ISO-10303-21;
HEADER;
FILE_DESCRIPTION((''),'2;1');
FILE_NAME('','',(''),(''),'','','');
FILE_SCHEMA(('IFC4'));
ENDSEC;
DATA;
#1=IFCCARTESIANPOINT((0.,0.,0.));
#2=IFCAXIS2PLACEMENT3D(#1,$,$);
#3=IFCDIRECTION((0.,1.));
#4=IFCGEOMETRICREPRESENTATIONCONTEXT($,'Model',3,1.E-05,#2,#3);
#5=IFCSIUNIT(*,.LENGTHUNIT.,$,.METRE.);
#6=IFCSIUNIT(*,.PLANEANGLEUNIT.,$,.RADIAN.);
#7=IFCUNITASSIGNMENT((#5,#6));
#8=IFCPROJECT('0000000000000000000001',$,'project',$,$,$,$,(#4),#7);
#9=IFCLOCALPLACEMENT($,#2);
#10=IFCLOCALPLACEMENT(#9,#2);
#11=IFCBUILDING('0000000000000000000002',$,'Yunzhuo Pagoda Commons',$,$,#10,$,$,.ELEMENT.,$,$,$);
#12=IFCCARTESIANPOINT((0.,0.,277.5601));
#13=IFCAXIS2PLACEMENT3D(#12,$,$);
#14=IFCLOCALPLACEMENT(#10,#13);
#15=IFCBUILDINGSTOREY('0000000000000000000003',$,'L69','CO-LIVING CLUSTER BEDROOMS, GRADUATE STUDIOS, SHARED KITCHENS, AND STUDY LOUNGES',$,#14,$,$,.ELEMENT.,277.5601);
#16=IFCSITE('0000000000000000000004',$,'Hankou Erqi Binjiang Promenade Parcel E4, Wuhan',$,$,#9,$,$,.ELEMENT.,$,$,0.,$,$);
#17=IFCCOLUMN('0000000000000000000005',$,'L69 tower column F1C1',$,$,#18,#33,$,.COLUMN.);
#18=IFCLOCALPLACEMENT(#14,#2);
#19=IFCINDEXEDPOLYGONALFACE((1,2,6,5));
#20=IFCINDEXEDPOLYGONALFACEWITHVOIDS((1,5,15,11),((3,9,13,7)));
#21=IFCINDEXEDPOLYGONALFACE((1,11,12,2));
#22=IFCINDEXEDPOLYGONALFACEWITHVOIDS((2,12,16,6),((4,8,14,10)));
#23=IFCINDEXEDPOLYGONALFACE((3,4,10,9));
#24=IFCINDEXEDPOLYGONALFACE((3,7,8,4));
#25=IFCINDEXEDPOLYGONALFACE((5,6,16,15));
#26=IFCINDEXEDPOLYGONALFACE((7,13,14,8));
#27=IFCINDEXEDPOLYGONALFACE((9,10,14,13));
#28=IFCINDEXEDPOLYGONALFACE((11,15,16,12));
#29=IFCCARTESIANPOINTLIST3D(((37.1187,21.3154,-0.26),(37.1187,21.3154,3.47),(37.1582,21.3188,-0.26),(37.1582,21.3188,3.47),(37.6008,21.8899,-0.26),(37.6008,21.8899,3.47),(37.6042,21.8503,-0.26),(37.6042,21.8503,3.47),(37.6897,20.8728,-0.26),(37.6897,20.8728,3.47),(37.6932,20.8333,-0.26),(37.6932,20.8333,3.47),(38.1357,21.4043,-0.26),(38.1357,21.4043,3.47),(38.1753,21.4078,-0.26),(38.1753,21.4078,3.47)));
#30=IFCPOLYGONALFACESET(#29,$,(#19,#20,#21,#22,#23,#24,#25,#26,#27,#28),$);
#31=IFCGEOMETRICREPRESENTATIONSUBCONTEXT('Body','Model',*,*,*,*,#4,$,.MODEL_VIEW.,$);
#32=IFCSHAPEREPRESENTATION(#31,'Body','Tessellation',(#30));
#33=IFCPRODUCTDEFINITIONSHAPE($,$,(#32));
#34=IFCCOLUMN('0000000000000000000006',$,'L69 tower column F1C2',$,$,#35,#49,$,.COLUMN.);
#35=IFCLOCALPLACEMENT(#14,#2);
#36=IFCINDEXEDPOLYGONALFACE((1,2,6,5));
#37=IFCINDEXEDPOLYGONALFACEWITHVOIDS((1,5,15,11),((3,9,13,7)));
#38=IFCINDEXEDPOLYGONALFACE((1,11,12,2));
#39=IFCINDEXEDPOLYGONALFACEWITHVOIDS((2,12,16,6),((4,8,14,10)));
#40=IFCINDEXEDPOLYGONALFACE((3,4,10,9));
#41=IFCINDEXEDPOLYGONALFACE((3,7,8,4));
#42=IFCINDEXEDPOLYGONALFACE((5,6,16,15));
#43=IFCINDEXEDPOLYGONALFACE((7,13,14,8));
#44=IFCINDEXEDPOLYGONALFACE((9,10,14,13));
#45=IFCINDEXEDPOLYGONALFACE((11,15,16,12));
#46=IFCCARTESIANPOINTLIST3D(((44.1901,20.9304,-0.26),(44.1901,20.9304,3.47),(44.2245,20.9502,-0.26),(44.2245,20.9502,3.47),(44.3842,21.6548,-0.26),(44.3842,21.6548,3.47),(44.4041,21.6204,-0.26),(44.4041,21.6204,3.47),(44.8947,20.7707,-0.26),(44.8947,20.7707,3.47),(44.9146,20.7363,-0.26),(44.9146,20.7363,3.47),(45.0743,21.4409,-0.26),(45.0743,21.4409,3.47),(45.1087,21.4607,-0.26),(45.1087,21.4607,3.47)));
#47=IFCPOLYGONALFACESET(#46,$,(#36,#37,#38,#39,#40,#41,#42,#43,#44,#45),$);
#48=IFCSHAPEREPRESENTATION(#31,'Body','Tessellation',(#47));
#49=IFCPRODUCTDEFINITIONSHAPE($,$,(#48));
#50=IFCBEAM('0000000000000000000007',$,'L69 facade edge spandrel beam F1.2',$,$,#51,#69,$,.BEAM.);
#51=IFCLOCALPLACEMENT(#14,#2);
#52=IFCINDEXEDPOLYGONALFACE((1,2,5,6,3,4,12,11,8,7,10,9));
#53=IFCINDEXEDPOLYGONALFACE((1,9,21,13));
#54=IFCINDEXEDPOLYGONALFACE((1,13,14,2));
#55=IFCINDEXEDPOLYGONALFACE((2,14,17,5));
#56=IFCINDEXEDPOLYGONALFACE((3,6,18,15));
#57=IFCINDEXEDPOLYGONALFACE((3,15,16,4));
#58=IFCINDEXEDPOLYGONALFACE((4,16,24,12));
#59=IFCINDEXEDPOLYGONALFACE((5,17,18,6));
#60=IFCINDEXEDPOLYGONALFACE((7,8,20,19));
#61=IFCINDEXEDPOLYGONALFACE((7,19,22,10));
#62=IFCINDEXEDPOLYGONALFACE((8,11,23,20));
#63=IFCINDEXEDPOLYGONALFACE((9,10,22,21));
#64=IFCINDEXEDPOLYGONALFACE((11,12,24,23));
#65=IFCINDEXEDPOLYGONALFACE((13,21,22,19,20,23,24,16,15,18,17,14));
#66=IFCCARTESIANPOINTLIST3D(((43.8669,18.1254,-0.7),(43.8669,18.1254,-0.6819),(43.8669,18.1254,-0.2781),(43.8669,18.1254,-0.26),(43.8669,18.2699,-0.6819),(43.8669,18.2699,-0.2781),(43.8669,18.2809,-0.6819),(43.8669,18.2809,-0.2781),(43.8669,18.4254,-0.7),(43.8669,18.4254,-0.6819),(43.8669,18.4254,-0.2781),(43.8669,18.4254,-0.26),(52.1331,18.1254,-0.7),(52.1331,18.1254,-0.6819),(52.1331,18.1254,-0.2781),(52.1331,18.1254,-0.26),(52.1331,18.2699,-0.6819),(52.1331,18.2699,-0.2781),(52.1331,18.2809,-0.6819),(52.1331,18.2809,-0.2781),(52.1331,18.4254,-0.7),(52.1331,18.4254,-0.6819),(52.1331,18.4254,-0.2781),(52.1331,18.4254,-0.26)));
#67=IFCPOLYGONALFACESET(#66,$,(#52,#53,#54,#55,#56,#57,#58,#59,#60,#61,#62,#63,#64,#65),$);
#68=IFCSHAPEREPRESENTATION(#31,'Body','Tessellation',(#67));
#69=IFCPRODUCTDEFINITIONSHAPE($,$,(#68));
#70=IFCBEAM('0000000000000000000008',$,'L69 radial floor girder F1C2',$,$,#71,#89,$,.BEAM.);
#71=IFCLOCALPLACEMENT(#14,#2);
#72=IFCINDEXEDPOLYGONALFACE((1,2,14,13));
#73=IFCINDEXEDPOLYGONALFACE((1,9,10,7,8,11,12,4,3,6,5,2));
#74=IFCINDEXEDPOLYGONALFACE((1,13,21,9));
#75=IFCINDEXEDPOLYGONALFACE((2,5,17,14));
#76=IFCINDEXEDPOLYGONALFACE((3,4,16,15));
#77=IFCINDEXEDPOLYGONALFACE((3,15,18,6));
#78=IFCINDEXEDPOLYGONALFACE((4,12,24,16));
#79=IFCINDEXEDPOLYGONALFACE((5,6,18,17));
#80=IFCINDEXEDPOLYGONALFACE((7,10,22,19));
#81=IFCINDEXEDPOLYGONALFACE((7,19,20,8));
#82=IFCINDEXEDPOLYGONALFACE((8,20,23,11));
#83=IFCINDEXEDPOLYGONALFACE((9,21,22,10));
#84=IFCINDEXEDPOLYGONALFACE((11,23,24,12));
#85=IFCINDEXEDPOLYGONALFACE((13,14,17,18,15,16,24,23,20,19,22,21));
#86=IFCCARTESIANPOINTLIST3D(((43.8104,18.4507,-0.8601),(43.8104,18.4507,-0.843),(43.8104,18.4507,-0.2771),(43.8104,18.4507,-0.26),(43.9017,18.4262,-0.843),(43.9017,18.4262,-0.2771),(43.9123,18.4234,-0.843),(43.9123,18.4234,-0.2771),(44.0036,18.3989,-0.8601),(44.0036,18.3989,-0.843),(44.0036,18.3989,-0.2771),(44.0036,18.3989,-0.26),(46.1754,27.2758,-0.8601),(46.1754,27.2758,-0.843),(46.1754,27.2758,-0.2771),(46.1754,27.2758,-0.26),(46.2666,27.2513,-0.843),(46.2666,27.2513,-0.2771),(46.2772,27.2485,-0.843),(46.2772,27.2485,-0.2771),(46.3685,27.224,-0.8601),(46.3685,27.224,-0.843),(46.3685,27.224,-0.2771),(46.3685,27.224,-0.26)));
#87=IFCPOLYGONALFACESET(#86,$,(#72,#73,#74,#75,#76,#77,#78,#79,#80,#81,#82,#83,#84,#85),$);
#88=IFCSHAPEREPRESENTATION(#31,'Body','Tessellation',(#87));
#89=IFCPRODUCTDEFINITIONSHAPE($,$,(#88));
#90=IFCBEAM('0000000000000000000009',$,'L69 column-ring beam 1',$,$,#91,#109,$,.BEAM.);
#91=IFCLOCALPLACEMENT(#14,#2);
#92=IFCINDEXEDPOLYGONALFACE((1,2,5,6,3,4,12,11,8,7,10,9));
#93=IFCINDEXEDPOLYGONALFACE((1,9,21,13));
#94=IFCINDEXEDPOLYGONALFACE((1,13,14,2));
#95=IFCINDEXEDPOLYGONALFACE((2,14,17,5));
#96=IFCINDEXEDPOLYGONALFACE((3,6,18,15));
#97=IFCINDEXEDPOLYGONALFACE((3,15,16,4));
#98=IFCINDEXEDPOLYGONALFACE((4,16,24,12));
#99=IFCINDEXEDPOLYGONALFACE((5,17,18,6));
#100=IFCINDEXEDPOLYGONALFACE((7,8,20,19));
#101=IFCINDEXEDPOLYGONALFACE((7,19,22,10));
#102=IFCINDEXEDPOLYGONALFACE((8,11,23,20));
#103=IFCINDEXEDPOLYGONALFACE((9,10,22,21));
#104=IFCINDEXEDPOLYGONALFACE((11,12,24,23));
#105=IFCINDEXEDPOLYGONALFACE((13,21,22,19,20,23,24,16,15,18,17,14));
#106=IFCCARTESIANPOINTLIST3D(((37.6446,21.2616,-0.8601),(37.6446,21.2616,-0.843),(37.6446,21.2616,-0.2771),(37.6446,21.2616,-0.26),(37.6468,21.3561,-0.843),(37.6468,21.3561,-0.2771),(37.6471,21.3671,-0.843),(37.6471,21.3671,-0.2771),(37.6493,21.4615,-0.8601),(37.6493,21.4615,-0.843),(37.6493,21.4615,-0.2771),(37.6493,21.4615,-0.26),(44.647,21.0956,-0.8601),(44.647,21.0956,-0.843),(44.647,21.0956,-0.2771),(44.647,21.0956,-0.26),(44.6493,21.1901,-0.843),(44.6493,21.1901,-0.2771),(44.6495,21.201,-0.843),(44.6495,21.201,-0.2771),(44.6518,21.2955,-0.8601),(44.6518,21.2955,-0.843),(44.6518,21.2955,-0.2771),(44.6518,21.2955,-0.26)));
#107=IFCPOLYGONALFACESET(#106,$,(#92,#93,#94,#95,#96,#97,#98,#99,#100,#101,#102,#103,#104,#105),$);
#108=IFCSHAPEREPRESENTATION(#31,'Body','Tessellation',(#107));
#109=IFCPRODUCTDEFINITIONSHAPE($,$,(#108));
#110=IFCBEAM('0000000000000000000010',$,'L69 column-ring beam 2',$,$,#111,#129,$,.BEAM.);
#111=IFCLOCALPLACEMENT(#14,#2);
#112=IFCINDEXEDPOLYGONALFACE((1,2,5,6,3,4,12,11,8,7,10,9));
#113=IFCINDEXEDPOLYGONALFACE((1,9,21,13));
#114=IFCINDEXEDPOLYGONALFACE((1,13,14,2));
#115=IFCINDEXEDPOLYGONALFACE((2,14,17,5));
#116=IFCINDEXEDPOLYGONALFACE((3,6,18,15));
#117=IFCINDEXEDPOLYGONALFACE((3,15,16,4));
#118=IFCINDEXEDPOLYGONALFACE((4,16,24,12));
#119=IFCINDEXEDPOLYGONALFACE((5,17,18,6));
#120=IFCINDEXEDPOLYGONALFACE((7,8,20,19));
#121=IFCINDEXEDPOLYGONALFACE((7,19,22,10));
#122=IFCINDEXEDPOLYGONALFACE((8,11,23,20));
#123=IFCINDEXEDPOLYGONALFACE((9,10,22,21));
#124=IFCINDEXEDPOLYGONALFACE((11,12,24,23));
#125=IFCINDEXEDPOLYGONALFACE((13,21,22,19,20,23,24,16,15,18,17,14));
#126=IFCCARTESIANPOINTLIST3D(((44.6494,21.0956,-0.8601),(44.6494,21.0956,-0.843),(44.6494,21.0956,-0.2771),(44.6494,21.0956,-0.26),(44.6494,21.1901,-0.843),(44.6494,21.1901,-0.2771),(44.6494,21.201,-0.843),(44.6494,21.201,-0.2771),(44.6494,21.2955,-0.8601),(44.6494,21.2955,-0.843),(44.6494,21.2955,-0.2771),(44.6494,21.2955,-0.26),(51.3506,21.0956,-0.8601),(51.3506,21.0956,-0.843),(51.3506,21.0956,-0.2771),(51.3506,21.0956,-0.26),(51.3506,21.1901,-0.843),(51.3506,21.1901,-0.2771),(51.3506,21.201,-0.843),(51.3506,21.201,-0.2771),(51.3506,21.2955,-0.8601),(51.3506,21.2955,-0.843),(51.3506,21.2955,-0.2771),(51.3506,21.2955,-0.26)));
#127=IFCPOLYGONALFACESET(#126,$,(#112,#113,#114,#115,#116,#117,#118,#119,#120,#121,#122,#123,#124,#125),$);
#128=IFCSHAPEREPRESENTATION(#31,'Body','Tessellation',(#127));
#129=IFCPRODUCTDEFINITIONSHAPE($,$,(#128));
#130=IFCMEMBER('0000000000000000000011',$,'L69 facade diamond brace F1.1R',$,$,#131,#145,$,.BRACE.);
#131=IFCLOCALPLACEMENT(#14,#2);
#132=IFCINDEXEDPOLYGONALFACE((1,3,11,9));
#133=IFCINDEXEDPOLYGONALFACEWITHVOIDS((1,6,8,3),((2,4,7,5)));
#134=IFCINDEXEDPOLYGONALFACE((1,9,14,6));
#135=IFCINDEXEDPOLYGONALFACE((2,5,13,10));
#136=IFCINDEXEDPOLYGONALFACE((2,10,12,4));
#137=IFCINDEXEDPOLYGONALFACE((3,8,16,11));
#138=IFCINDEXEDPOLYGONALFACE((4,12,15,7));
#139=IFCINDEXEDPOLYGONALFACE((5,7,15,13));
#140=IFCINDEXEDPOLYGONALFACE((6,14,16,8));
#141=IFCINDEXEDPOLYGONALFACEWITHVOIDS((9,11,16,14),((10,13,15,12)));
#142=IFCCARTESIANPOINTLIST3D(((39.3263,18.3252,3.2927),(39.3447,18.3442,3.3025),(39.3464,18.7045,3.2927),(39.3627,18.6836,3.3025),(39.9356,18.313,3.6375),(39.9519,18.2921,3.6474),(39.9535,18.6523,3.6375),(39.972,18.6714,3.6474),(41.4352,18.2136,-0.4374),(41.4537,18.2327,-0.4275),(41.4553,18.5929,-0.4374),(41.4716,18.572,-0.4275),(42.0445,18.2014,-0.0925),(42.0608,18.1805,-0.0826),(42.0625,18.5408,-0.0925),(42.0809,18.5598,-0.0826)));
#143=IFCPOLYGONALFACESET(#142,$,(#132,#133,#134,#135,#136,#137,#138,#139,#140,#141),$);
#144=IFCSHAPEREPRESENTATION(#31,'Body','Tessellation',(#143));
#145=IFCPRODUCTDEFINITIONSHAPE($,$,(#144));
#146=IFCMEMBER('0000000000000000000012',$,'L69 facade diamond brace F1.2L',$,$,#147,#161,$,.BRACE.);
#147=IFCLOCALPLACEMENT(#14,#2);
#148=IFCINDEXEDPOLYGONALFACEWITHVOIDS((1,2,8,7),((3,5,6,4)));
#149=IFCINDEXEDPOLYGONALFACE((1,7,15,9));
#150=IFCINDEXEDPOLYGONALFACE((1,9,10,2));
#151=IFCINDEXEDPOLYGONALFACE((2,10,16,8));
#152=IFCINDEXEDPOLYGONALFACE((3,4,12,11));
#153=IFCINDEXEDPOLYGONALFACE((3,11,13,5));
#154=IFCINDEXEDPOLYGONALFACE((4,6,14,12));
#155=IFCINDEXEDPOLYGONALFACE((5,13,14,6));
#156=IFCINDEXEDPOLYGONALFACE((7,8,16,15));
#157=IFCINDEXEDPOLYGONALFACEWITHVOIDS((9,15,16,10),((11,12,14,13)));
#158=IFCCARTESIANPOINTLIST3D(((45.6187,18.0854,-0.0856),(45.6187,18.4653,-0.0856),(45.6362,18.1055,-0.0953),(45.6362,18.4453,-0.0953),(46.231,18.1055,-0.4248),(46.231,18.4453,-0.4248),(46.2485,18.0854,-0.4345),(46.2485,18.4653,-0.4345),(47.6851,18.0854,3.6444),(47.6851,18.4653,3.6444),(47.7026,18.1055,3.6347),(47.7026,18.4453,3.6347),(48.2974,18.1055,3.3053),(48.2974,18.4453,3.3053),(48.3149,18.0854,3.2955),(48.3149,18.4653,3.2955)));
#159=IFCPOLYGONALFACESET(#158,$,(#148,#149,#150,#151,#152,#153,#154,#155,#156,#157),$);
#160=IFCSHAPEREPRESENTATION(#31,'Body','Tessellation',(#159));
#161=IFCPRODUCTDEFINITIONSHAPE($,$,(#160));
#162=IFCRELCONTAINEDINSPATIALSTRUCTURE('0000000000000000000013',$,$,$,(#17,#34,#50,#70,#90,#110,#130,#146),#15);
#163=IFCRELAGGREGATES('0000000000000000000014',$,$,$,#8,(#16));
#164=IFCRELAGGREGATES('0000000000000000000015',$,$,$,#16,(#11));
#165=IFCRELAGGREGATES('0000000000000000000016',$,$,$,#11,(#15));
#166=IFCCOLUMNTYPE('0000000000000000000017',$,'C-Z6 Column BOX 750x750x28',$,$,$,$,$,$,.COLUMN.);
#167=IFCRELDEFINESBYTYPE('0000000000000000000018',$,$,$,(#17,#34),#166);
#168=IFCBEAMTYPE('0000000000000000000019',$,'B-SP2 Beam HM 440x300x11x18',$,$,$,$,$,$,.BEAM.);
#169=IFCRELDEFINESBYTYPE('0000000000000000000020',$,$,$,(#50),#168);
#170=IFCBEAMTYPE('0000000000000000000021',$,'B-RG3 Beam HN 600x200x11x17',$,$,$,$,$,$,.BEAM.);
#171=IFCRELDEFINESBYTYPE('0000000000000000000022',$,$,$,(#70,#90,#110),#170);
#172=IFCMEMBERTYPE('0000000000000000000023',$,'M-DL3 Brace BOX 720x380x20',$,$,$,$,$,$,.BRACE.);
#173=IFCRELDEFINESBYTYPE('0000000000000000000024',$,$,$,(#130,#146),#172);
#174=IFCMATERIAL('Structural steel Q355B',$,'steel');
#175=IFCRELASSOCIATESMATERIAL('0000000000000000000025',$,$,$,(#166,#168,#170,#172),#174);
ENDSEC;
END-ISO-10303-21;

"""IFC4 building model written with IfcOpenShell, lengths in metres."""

from ifc_helpers import new_model, si_unit, direction, frame, origin, origin_2d, place, context, subcontext, project, spatial, hollow_rectangle, i_section, extrude, source, transform, mapped, material, material_profile, profile_set, type_object, element, save


model = new_model("IFC4")

# Units and contexts
model_context = context("Model", 3, precision=1e-05, world=origin(), true_north=direction((0.0, 1.0)))
body_context = subcontext(model_context, "Body", "Model", "MODEL_VIEW")
ifc_project = project(units=[si_unit("LENGTHUNIT", "METRE"), si_unit("PLANEANGLEUNIT", "RADIAN")], contexts=[model_context])

# Site, building, storey
site_placement = place(None, origin())
site = spatial("IfcSite", under=ifc_project, at=site_placement, Name="Hankou Erqi Binjiang Promenade Parcel E4, Wuhan", CompositionType="ELEMENT", RefElevation=0.0)
building_placement = place(site_placement, origin())
building = spatial("IfcBuilding", under=site, at=building_placement, Name="Yunzhuo Pagoda Commons", CompositionType="ELEMENT")
storey_placement = place(building_placement, frame((0.0, 0.0, 277.5601)))
storey = spatial("IfcBuildingStorey", under=building, at=storey_placement, Name="L69", Description="CO-LIVING CLUSTER BEDROOMS, GRADUATE STUDIOS, SHARED KITCHENS, AND STUDY LOUNGES", CompositionType="ELEMENT", Elevation=277.5601)

# Columns
ifc_material_1 = material(Name="Structural steel Q355B", Category="steel")
ifc_material_profile_1 = material_profile(ifc_material_1, hollow_rectangle(XDim=0.75, YDim=0.75, WallThickness=0.0281, at=origin_2d()), Name="Structural steel Q355B")
ifc_profile_set_1 = profile_set([ifc_material_profile_1], Name="Structural steel Q355B")
column_type = type_object("IfcColumnType", Name="C-Z6 Column BOX 750x750x28", PredefinedType="COLUMN", material=ifc_profile_set_1)
shared_shape_1 = source(origin(), body_context, "Body", "SweptSolid", [
    extrude(hollow_rectangle(XDim=0.75, YDim=0.75, WallThickness=0.0281, at=origin_2d()), origin(), (0.0, 0.0, 1.0), 3.73),
])
for number, where, z_axis, x_axis, name in (
    (1, (37.647, 21.3616, -0.26), (0.0, 0.0, 1.0), (0.766044, -0.642788, 0.0), "L69 tower column F1C1"),
    (2, (44.6494, 21.1956, -0.26), (0.0, 0.0, 1.0), (0.965926, -0.258819, 0.0), "L69 tower column F1C2"),
):
    element("IfcColumn", number, at=place(storey_placement, frame(where, z_axis=z_axis, x_axis=x_axis)), inside=storey, type_object=column_type, Name=name, PredefinedType="COLUMN", context=body_context, shape_type="MappedRepresentation", body=[
        mapped(shared_shape_1, transform((0.0, 0.0, 0.0), scale=1.0)),
    ])

# Beams
ifc_material_profile_2 = material_profile(ifc_material_1, i_section(OverallWidth=0.3, OverallDepth=0.4399, WebThickness=0.011, FlangeThickness=0.0181, at=origin_2d()), Name="Structural steel Q355B")
ifc_profile_set_2 = profile_set([ifc_material_profile_2], Name="Structural steel Q355B")
beam_type_1 = type_object("IfcBeamType", Name="B-SP2 Beam HM 440x300x11x18", PredefinedType="BEAM", material=ifc_profile_set_2)
shared_shape_2 = source(origin(), body_context, "Body", "SweptSolid", [
    extrude(i_section(OverallWidth=0.3, OverallDepth=0.4399, WebThickness=0.011, FlangeThickness=0.0181, at=origin_2d()), origin(), (0.0, 0.0, 1.0), 8.2661),
])
beam_1_placement = place(storey_placement, frame((43.8669, 18.2754, -0.48), z_axis=(1.0, 0.0, 0.0), x_axis=(0.0, 1.0, 0.0)))
element("IfcBeam", 3, at=beam_1_placement, inside=storey, type_object=beam_type_1, Name="L69 facade edge spandrel beam F1.2", PredefinedType="BEAM", context=body_context, shape_type="MappedRepresentation", body=[
    mapped(shared_shape_2, transform((0.0, 0.0, 0.0), scale=1.0)),
])
ifc_material_profile_3 = material_profile(ifc_material_1, i_section(OverallWidth=0.2, OverallDepth=0.6001, WebThickness=0.011, FlangeThickness=0.0171, at=origin_2d()), Name="Structural steel Q355B")
ifc_profile_set_3 = profile_set([ifc_material_profile_3], Name="Structural steel Q355B")
beam_type_2 = type_object("IfcBeamType", Name="B-RG3 Beam HN 600x200x11x17", PredefinedType="BEAM", material=ifc_profile_set_3)
shared_shape_3 = source(origin(), body_context, "Body", "SweptSolid", [
    extrude(i_section(OverallWidth=0.2, OverallDepth=0.6001, WebThickness=0.011, FlangeThickness=0.0171, at=origin_2d()), origin(), (0.0, 0.0, 1.0), 9.1365),
])
beam_2_placement = place(storey_placement, frame((43.907, 18.4248, -0.5601), z_axis=(0.258848, 0.965918, 0.0), x_axis=(-0.965918, 0.258848, 0.0)))
element("IfcBeam", 4, at=beam_2_placement, inside=storey, type_object=beam_type_2, Name="L69 radial floor girder F1C2", PredefinedType="BEAM", context=body_context, shape_type="MappedRepresentation", body=[
    mapped(shared_shape_3, transform((0.0, 0.0, 0.0), scale=1.0)),
])
shared_shape_4 = source(origin(), body_context, "Body", "SweptSolid", [
    extrude(i_section(OverallWidth=0.2, OverallDepth=0.6001, WebThickness=0.011, FlangeThickness=0.0171, at=origin_2d()), origin(), (0.0, 0.0, 1.0), 7.0044),
])
beam_3_placement = place(storey_placement, frame((37.647, 21.3616, -0.5601), z_axis=(0.999719, -0.023702, 0.0), x_axis=(0.023702, 0.999719, 0.0)))
element("IfcBeam", 5, at=beam_3_placement, inside=storey, type_object=beam_type_2, Name="L69 column-ring beam 1", PredefinedType="BEAM", context=body_context, shape_type="MappedRepresentation", body=[
    mapped(shared_shape_4, transform((0.0, 0.0, 0.0), scale=1.0)),
])
shared_shape_5 = source(origin(), body_context, "Body", "SweptSolid", [
    extrude(i_section(OverallWidth=0.2, OverallDepth=0.6001, WebThickness=0.011, FlangeThickness=0.0171, at=origin_2d()), origin(), (0.0, 0.0, 1.0), 6.7012),
])
beam_4_placement = place(storey_placement, frame((44.6494, 21.1956, -0.5601), z_axis=(1.0, 0.0, 0.0), x_axis=(0.0, 1.0, 0.0)))
element("IfcBeam", 6, at=beam_4_placement, inside=storey, type_object=beam_type_2, Name="L69 column-ring beam 2", PredefinedType="BEAM", context=body_context, shape_type="MappedRepresentation", body=[
    mapped(shared_shape_5, transform((0.0, 0.0, 0.0), scale=1.0)),
])

# Members
ifc_material_profile_4 = material_profile(ifc_material_1, hollow_rectangle(XDim=0.3799, YDim=0.72, WallThickness=0.02, at=origin_2d()), Name="Structural steel Q355B")
ifc_profile_set_4 = profile_set([ifc_material_profile_4], Name="Structural steel Q355B")
member_type_1 = type_object("IfcMemberType", Name="M-DL3 Brace BOX 720x380x20", PredefinedType="BRACE", material=ifc_profile_set_4)
shared_shape_6 = source(origin(), body_context, "Body", "SweptSolid", [
    extrude(hollow_rectangle(XDim=0.3799, YDim=0.72, WallThickness=0.02, at=origin_2d()), origin(), (0.0, 0.0, 1.0), 4.2864),
])
member_1_placement = place(storey_placement, frame((41.7581, 18.3867, -0.26), z_axis=(-0.492003, 0.02603, 0.870204), x_axis=(-0.052832, -0.998603, 0.0)))
element("IfcMember", 7, at=member_1_placement, inside=storey, type_object=member_type_1, Name="L69 facade diamond brace F1.1R", PredefinedType="BRACE", context=body_context, shape_type="MappedRepresentation", body=[
    mapped(shared_shape_6, transform((0.0, 0.0, 0.0), scale=1.0)),
])
shared_shape_7 = source(origin(), body_context, "Body", "SweptSolid", [
    extrude(hollow_rectangle(XDim=0.3799, YDim=0.72, WallThickness=0.02, at=origin_2d()), origin(), (0.0, 0.0, 1.0), 4.2642),
])
member_2_placement = place(storey_placement, frame((45.9336, 18.2754, -0.26), z_axis=(0.484602, 0.0, 0.874735), x_axis=(0.0, 1.0, 0.0)))
element("IfcMember", 8, at=member_2_placement, inside=storey, type_object=member_type_1, Name="L69 facade diamond brace F1.2L", PredefinedType="BRACE", context=body_context, shape_type="MappedRepresentation", body=[
    mapped(shared_shape_7, transform((0.0, 0.0, 0.0), scale=1.0)),
])

save(model, "model.ifc")
